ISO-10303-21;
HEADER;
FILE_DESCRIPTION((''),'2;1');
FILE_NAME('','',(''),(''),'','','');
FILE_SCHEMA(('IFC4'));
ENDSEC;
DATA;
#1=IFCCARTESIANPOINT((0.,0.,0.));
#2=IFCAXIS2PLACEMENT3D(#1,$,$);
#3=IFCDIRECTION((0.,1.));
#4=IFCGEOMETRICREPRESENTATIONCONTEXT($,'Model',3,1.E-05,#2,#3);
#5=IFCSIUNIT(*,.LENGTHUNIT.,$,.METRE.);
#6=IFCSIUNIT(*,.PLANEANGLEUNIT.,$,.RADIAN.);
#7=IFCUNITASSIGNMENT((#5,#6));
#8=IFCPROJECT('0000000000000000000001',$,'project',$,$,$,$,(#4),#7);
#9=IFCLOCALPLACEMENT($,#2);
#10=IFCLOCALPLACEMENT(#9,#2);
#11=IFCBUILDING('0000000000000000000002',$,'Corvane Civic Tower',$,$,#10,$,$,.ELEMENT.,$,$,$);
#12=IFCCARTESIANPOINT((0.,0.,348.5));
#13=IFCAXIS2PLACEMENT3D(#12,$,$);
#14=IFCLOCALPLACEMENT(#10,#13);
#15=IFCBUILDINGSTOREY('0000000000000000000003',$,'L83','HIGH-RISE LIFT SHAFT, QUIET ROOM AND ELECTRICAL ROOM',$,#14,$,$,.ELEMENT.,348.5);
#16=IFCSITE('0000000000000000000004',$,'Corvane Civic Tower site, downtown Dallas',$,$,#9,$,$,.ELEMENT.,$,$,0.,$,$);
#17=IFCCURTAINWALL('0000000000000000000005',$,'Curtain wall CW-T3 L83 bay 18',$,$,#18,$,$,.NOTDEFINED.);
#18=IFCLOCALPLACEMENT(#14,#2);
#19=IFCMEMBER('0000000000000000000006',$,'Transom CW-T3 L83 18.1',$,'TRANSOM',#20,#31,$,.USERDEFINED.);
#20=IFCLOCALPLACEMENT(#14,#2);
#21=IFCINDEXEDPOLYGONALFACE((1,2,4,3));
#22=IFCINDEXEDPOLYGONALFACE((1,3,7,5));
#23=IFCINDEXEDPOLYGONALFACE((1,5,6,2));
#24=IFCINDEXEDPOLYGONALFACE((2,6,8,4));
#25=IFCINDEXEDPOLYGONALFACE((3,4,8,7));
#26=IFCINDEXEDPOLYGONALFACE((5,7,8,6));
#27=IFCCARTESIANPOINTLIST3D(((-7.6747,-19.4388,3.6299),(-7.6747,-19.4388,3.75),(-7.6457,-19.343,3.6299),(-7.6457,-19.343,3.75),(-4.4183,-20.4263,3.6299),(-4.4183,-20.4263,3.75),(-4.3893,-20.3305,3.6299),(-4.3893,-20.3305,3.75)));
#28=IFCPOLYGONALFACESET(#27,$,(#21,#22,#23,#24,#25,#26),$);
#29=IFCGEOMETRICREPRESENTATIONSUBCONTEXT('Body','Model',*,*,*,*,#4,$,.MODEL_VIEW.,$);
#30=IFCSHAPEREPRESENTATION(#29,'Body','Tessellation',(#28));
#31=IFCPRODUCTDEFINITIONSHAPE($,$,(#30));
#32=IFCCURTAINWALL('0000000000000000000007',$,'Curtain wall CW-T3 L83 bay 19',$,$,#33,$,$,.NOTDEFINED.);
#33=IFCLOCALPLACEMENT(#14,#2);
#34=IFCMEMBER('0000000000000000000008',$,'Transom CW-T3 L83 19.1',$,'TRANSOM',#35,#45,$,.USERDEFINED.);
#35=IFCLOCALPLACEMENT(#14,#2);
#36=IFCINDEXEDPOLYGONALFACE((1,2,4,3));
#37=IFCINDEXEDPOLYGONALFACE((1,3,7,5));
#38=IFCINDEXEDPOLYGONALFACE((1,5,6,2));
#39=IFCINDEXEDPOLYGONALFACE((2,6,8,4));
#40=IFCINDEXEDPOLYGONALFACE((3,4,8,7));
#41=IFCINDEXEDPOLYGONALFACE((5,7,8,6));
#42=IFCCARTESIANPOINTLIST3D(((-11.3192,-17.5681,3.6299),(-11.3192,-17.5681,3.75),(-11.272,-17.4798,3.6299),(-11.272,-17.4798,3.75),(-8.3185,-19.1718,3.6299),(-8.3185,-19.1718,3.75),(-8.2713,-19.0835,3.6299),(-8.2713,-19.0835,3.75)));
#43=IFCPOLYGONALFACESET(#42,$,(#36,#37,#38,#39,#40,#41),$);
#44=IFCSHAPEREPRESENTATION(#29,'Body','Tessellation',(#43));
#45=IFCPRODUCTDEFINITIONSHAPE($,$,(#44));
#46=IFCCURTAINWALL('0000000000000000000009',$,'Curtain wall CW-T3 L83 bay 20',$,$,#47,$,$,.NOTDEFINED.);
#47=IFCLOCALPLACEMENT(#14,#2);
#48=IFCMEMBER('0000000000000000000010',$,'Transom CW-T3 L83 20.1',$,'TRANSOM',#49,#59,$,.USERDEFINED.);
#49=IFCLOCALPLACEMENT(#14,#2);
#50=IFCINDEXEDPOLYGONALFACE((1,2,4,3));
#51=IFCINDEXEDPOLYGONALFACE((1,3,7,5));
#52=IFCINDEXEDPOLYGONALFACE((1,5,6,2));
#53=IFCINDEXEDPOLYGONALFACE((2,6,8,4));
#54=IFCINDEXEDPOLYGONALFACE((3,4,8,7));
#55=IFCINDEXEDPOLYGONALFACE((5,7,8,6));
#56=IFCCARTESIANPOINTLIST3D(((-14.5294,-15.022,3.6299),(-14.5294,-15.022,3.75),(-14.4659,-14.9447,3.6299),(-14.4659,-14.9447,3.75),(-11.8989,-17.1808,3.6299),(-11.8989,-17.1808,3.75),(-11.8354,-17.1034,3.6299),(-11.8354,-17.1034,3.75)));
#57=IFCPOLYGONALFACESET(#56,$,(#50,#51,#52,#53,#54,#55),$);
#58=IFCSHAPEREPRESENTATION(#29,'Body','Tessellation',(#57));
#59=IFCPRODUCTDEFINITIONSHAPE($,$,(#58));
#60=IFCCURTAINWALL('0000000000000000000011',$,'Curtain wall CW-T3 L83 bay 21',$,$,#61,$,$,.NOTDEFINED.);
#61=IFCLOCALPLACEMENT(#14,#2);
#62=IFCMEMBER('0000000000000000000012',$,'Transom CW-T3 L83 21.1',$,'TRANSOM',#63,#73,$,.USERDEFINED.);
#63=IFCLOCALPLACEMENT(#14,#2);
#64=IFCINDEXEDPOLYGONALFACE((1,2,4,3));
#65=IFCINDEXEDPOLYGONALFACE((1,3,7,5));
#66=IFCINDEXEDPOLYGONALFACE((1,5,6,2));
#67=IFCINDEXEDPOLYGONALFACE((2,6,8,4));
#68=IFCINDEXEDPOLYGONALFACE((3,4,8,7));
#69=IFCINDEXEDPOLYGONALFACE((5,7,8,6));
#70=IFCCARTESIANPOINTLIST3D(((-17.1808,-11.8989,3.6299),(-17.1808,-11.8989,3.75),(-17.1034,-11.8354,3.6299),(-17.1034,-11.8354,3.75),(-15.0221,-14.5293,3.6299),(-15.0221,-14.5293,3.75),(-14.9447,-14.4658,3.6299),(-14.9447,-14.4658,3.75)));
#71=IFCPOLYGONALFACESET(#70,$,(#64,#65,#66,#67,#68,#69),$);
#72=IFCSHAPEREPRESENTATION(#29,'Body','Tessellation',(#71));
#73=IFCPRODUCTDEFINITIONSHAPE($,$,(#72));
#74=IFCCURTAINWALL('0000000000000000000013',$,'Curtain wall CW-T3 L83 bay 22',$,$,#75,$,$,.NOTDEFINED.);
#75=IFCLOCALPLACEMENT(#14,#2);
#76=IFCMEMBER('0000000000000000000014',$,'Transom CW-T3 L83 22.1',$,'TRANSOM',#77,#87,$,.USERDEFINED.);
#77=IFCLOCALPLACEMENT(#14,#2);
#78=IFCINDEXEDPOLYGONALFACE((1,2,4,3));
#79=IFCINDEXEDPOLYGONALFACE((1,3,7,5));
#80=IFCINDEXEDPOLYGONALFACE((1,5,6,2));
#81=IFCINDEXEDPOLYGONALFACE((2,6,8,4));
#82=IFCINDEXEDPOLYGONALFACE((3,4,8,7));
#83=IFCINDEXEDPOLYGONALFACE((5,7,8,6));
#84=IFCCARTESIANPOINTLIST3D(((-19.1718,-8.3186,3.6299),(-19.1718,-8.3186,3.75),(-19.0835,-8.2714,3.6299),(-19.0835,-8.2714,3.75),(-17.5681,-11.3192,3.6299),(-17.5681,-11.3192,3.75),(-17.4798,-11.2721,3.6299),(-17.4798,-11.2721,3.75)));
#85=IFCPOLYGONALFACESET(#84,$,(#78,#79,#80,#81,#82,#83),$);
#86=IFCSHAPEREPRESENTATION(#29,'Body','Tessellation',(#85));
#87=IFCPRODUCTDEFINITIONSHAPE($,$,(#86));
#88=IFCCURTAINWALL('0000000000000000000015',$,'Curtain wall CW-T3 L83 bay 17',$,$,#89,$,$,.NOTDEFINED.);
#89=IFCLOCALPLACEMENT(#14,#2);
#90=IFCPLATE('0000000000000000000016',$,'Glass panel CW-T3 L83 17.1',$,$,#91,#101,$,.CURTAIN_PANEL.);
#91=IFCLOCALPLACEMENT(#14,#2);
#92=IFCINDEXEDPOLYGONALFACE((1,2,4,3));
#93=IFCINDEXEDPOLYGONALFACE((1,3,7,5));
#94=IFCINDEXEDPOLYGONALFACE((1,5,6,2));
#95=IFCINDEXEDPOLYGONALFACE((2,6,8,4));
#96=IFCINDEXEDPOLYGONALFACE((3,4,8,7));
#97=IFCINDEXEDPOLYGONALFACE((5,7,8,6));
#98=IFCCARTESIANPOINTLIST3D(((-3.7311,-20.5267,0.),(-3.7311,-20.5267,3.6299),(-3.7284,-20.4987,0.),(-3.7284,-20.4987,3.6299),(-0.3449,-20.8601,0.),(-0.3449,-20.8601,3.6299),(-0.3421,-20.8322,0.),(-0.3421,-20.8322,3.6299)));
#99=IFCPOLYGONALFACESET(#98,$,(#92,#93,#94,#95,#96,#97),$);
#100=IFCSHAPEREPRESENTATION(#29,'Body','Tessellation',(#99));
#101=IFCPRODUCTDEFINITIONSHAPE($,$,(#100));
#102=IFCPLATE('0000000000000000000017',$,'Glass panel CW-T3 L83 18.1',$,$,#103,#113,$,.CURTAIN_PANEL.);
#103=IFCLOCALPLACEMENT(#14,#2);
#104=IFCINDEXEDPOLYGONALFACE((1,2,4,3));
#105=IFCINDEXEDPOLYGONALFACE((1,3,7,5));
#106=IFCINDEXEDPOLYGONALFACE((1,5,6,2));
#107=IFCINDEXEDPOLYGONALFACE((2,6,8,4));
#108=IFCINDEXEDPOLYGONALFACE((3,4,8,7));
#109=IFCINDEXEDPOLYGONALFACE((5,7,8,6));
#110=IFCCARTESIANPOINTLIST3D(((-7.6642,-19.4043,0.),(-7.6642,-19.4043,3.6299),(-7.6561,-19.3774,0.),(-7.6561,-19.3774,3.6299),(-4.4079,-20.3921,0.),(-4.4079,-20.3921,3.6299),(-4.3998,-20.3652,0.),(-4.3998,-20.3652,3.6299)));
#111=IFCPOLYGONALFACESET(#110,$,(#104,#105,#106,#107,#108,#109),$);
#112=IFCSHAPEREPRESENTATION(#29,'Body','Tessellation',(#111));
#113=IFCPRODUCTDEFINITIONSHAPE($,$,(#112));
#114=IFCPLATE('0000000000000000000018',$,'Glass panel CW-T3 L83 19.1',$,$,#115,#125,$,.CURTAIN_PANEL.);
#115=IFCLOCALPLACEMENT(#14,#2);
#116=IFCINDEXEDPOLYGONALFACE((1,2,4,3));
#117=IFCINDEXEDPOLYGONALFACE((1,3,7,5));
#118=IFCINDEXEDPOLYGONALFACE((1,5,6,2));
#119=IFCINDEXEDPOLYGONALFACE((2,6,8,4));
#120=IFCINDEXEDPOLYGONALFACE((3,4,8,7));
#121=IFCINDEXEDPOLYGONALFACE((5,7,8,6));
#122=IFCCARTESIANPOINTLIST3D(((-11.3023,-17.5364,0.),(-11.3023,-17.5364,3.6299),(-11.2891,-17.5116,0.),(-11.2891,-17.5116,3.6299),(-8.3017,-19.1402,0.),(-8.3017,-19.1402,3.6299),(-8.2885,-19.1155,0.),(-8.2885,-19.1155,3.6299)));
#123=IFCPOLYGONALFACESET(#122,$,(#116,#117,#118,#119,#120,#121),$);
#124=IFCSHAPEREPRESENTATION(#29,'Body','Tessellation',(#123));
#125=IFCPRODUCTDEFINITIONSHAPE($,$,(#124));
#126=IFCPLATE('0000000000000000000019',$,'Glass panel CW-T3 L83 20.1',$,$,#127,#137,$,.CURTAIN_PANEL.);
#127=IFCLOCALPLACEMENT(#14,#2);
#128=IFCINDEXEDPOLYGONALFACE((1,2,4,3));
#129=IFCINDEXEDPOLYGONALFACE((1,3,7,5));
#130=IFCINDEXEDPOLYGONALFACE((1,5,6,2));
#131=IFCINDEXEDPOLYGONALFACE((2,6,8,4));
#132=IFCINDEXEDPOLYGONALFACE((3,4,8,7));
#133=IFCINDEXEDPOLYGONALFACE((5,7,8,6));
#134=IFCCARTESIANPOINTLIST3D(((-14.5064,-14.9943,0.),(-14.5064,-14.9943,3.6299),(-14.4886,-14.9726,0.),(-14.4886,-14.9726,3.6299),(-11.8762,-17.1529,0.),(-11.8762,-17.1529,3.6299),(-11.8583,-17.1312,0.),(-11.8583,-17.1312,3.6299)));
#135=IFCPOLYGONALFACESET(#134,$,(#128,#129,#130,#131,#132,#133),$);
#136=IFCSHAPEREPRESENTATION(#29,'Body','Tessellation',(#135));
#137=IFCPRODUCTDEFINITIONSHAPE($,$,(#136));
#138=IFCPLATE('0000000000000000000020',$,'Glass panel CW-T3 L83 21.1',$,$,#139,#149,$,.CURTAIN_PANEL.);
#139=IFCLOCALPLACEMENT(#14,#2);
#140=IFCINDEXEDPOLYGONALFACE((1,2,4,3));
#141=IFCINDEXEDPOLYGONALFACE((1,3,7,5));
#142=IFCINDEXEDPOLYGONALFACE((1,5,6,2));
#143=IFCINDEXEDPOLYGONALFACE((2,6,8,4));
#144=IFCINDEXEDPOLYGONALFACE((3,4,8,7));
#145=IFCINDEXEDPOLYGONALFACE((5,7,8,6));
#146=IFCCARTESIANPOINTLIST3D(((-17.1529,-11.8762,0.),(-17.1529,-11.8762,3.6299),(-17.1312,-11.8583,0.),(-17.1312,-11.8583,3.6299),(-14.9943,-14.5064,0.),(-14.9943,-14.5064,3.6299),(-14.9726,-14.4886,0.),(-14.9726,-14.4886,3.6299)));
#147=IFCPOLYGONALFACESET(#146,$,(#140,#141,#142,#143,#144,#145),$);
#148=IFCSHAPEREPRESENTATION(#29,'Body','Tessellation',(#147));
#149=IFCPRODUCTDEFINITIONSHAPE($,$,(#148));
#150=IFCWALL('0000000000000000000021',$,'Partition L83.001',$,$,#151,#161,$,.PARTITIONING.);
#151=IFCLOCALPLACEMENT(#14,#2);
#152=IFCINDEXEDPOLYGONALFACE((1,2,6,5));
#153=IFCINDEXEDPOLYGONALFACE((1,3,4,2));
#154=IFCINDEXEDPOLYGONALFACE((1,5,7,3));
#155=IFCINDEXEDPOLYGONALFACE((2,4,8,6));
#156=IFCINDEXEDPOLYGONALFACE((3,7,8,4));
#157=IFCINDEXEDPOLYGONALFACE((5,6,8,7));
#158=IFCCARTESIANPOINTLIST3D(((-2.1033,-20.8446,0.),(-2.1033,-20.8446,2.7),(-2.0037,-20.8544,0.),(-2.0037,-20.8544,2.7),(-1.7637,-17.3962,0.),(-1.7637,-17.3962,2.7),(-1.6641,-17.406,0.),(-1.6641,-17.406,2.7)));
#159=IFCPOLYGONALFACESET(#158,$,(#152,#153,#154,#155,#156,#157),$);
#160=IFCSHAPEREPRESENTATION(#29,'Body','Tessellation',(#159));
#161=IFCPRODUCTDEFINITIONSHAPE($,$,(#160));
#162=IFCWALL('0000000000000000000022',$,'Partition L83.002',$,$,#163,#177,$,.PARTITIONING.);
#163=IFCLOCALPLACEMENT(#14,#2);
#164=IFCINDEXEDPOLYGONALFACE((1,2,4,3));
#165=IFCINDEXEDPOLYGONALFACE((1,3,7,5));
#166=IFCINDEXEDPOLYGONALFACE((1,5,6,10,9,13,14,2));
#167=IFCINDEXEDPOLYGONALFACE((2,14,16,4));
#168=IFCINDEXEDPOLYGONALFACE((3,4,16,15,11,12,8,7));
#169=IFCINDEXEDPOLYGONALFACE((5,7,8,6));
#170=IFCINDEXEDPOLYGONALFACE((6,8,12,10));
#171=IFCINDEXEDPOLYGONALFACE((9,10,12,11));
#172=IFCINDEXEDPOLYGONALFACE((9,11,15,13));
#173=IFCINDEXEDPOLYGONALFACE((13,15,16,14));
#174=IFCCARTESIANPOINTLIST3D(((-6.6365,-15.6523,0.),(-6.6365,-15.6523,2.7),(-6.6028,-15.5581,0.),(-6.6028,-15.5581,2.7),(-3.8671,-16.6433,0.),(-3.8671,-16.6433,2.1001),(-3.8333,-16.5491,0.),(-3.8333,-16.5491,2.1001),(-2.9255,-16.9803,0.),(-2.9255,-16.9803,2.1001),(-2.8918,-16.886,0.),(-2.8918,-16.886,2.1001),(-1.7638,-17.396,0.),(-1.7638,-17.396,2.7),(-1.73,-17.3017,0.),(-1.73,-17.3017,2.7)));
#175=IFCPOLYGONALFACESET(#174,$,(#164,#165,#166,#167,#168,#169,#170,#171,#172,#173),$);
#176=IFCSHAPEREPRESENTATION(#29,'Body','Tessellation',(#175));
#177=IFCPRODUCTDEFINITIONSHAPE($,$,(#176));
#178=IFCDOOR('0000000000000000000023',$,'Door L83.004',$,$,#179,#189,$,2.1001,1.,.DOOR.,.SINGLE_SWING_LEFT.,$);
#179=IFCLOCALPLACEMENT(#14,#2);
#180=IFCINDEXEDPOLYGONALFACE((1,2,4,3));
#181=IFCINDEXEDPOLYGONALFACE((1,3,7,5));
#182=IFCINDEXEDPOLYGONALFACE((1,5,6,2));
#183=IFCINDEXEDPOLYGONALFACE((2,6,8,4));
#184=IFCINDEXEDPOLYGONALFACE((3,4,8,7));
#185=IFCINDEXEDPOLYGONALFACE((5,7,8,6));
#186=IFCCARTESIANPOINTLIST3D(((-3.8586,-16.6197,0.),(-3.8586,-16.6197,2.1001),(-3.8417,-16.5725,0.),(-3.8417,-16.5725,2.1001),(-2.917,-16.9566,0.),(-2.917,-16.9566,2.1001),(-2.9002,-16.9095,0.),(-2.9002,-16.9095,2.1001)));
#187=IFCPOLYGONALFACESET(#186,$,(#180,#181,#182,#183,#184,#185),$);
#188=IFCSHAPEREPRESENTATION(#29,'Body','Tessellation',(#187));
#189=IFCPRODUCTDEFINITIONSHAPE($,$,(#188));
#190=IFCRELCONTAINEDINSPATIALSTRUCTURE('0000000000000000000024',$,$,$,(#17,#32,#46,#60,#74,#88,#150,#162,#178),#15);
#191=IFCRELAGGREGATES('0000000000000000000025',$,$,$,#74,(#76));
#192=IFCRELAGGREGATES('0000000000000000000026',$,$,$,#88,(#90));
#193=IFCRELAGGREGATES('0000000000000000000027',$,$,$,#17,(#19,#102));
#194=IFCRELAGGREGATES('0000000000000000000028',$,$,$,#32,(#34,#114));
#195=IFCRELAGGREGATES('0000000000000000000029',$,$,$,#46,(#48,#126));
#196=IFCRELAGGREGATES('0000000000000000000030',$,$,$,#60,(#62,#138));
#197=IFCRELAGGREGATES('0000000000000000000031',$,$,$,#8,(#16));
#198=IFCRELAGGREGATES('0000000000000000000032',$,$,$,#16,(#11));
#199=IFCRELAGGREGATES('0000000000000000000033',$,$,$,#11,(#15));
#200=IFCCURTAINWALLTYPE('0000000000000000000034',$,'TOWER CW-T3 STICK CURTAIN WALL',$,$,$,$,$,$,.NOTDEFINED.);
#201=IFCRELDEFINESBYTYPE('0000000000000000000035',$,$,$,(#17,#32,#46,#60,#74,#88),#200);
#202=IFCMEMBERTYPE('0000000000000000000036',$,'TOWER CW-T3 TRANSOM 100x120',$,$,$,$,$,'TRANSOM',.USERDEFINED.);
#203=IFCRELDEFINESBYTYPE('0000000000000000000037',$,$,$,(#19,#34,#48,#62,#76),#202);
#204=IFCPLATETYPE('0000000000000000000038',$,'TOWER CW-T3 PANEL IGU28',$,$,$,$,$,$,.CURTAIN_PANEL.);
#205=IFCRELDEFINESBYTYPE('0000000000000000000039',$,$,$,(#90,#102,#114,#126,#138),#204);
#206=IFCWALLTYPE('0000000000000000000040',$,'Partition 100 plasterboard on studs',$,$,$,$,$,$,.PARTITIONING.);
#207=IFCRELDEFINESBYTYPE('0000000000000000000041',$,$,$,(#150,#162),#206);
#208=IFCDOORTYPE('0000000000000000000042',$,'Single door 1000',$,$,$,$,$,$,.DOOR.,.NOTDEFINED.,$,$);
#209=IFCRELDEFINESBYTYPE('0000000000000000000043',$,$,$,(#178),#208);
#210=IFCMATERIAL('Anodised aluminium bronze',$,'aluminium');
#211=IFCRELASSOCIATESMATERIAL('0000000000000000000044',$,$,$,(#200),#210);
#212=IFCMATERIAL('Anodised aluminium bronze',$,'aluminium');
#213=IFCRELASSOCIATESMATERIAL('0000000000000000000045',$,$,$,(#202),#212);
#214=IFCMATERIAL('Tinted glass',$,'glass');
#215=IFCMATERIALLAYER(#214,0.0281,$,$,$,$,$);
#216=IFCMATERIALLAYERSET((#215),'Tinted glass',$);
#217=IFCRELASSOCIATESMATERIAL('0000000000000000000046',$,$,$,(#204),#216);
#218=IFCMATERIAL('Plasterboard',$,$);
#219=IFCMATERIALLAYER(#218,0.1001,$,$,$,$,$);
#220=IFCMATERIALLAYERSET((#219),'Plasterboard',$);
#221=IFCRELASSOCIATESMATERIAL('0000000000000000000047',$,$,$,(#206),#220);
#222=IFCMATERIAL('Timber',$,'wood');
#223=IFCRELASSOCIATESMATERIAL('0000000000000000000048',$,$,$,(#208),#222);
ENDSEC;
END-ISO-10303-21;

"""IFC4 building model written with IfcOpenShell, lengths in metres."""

from ifc_helpers import new_model, si_unit, direction, frame, frame_2d, origin, origin_2d, place, context, subcontext, project, spatial, rectangle, extrude, material, layer, layer_set, material_profile, profile_set, type_object, element, fill, aggregate, save


model = new_model("IFC4")

# Units and contexts
model_context = context("Model", 3, precision=1e-05, world=origin(), true_north=direction((0.0, 1.0)))
body_context = subcontext(model_context, "Body", "Model", "MODEL_VIEW")
ifc_project = project(units=[si_unit("LENGTHUNIT", "METRE"), si_unit("PLANEANGLEUNIT", "RADIAN")], contexts=[model_context])

# Site, building, storey
site_placement = place(None, origin())
site = spatial("IfcSite", under=ifc_project, at=site_placement, Name="Corvane Civic Tower site, downtown Dallas", CompositionType="ELEMENT", RefElevation=0.0)
building_placement = place(site_placement, origin())
building = spatial("IfcBuilding", under=site, at=building_placement, Name="Corvane Civic Tower", CompositionType="ELEMENT")
storey_placement = place(building_placement, frame((0.0, 0.0, 348.5)))
storey = spatial("IfcBuildingStorey", under=building, at=storey_placement, Name="L83", Description="HIGH-RISE LIFT SHAFT, QUIET ROOM AND ELECTRICAL ROOM", CompositionType="ELEMENT", Elevation=348.5)

# Curtain walls, members
ifc_material_1 = material(Name="Anodised aluminium bronze", Category="aluminium")
curtain_wall_type = type_object("IfcCurtainWallType", Name="TOWER CW-T3 STICK CURTAIN WALL", PredefinedType="NOTDEFINED", material=ifc_material_1)
curtain_wall_1_placement = place(storey_placement, origin())
curtain_wall_1 = element("IfcCurtainWall", 1, at=curtain_wall_1_placement, inside=storey, type_object=curtain_wall_type, Name="Curtain wall CW-T3 L83 bay 18", PredefinedType="NOTDEFINED")
ifc_material_2 = material(Name="Anodised aluminium bronze", Category="aluminium")
ifc_material_profile_1 = material_profile(ifc_material_2, rectangle(XDim=0.1001, YDim=0.1201, at=origin_2d()), Name="TOWER CW-T3 TRANSOM 100x120")
ifc_profile_set_1 = profile_set([ifc_material_profile_1], Name="Anodised aluminium bronze")
member_type = type_object("IfcMemberType", Name="TOWER CW-T3 TRANSOM 100x120", ElementType="TRANSOM", PredefinedType="USERDEFINED", material=ifc_profile_set_1)
member_1_placement = place(storey_placement, frame((-4.4038, -20.3784, 3.6899), z_axis=(-0.956961, 0.290216, 0.0), x_axis=(-0.290216, -0.956961, 0.0)))
member_1 = element("IfcMember", 2, at=member_1_placement, type_object=member_type, Name="Transom CW-T3 L83 18.1", ObjectType="TRANSOM", PredefinedType="USERDEFINED", context=body_context, shape_type="SweptSolid", body=[
    extrude(rectangle(XDim=0.1001, YDim=0.1201, at=origin_2d()), origin(), (0.0, 0.0, 1.0), 3.4028),
])
curtain_wall_2_placement = place(storey_placement, origin())
curtain_wall_2 = element("IfcCurtainWall", 3, at=curtain_wall_2_placement, inside=storey, type_object=curtain_wall_type, Name="Curtain wall CW-T3 L83 bay 19", PredefinedType="NOTDEFINED")
member_2_placement = place(storey_placement, frame((-8.2949, -19.1277, 3.6899), z_axis=(-0.881941, 0.471359, 0.0), x_axis=(-0.471359, -0.881941, 0.0)))
member_2 = element("IfcMember", 4, at=member_2_placement, type_object=member_type, Name="Transom CW-T3 L83 19.1", ObjectType="TRANSOM", PredefinedType="USERDEFINED", context=body_context, shape_type="SweptSolid", body=[
    extrude(rectangle(XDim=0.1001, YDim=0.1201, at=origin_2d()), origin(), (0.0, 0.0, 1.0), 3.4023),
])
curtain_wall_3_placement = place(storey_placement, origin())
curtain_wall_3 = element("IfcCurtainWall", 5, at=curtain_wall_3_placement, inside=storey, type_object=curtain_wall_type, Name="Curtain wall CW-T3 L83 bay 20", PredefinedType="NOTDEFINED")
member_3_placement = place(storey_placement, frame((-11.8672, -17.1421, 3.6899), z_axis=(-0.77301, 0.634394, 0.0), x_axis=(-0.634394, -0.77301, 0.0)))
member_3 = element("IfcMember", 6, at=member_3_placement, type_object=member_type, Name="Transom CW-T3 L83 20.1", ObjectType="TRANSOM", PredefinedType="USERDEFINED", context=body_context, shape_type="SweptSolid", body=[
    extrude(rectangle(XDim=0.1001, YDim=0.1201, at=origin_2d()), origin(), (0.0, 0.0, 1.0), 3.4028),
])
curtain_wall_4_placement = place(storey_placement, origin())
curtain_wall_4 = element("IfcCurtainWall", 7, at=curtain_wall_4_placement, inside=storey, type_object=curtain_wall_type, Name="Curtain wall CW-T3 L83 bay 21", PredefinedType="NOTDEFINED")
member_4_placement = place(storey_placement, frame((-14.9834, -14.4976, 3.6899), z_axis=(-0.634394, 0.77301, 0.0), x_axis=(-0.77301, -0.634394, 0.0)))
member_4 = element("IfcMember", 8, at=member_4_placement, type_object=member_type, Name="Transom CW-T3 L83 21.1", ObjectType="TRANSOM", PredefinedType="USERDEFINED", context=body_context, shape_type="SweptSolid", body=[
    extrude(rectangle(XDim=0.1001, YDim=0.1201, at=origin_2d()), origin(), (0.0, 0.0, 1.0), 3.4028),
])
curtain_wall_5_placement = place(storey_placement, origin())
curtain_wall_5 = element("IfcCurtainWall", 9, at=curtain_wall_5_placement, inside=storey, type_object=curtain_wall_type, Name="Curtain wall CW-T3 L83 bay 22", PredefinedType="NOTDEFINED")
member_5_placement = place(storey_placement, frame((-17.5239, -11.2957, 3.6899), z_axis=(-0.471359, 0.881941, 0.0), x_axis=(-0.881941, -0.471359, 0.0)))
member_5 = element("IfcMember", 10, at=member_5_placement, type_object=member_type, Name="Transom CW-T3 L83 22.1", ObjectType="TRANSOM", PredefinedType="USERDEFINED", context=body_context, shape_type="SweptSolid", body=[
    extrude(rectangle(XDim=0.1001, YDim=0.1201, at=origin_2d()), origin(), (0.0, 0.0, 1.0), 3.4023),
])
aggregate(curtain_wall_5, [member_5])

# Curtain wall, plate
curtain_wall_6_placement = place(storey_placement, origin())
curtain_wall_6 = element("IfcCurtainWall", 11, at=curtain_wall_6_placement, inside=storey, type_object=curtain_wall_type, Name="Curtain wall CW-T3 L83 bay 17", PredefinedType="NOTDEFINED")
ifc_material_3 = material(Name="Tinted glass", Category="glass")
ifc_layer_1 = layer(ifc_material_3, 0.0281)
ifc_layer_set_1 = layer_set([ifc_layer_1], Name="Tinted glass")
plate_type = type_object("IfcPlateType", Name="TOWER CW-T3 PANEL IGU28", PredefinedType="CURTAIN_PANEL", material=ifc_layer_set_1)
plate_1_placement = place(storey_placement, frame((-2.0366, -20.6794, 0.0), z_axis=(0.0, 0.0, 1.0), x_axis=(-0.995187, 0.097998, 0.0)))
plate_1 = element("IfcPlate", 12, at=plate_1_placement, type_object=plate_type, Name="Glass panel CW-T3 L83 17.1", PredefinedType="CURTAIN_PANEL", context=body_context, shape_type="SweptSolid", body=[
    extrude(rectangle(XDim=3.4026, YDim=0.0281, at=origin_2d()), origin(), (0.0, 0.0, 1.0), 3.6299),
])
aggregate(curtain_wall_6, [plate_1])

# Plates
plate_2_placement = place(storey_placement, frame((-6.032, -19.8848, 0.0), z_axis=(0.0, 0.0, 1.0), x_axis=(-0.956939, 0.29029, 0.0)))
plate_2 = element("IfcPlate", 13, at=plate_2_placement, type_object=plate_type, Name="Glass panel CW-T3 L83 18.1", PredefinedType="CURTAIN_PANEL", context=body_context, shape_type="SweptSolid", body=[
    extrude(rectangle(XDim=3.4028, YDim=0.0281, at=origin_2d()), origin(), (0.0, 0.0, 1.0), 3.6299),
])
aggregate(curtain_wall_1, [member_1, plate_2])
plate_3_placement = place(storey_placement, frame((-9.7954, -18.3259, 0.0), z_axis=(0.0, 0.0, 1.0), x_axis=(-0.881928, 0.471384, 0.0)))
plate_3 = element("IfcPlate", 14, at=plate_3_placement, type_object=plate_type, Name="Glass panel CW-T3 L83 19.1", PredefinedType="CURTAIN_PANEL", context=body_context, shape_type="SweptSolid", body=[
    extrude(rectangle(XDim=3.4023, YDim=0.0281, at=origin_2d()), origin(), (0.0, 0.0, 1.0), 3.6299),
])
aggregate(curtain_wall_2, [member_2, plate_3])
plate_4_placement = place(storey_placement, frame((-13.1824, -16.0627, 0.0), z_axis=(0.0, 0.0, 1.0), x_axis=(-0.77301, 0.634393, 0.0)))
plate_4 = element("IfcPlate", 15, at=plate_4_placement, type_object=plate_type, Name="Glass panel CW-T3 L83 20.1", PredefinedType="CURTAIN_PANEL", context=body_context, shape_type="SweptSolid", body=[
    extrude(rectangle(XDim=3.4026, YDim=0.0281, at=origin_2d()), origin(), (0.0, 0.0, 1.0), 3.6299),
])
aggregate(curtain_wall_3, [member_3, plate_4])
plate_5_placement = place(storey_placement, frame((-16.0627, -13.1824, 0.0), z_axis=(0.0, 0.0, 1.0), x_axis=(-0.634393, 0.77301, 0.0)))
plate_5 = element("IfcPlate", 16, at=plate_5_placement, type_object=plate_type, Name="Glass panel CW-T3 L83 21.1", PredefinedType="CURTAIN_PANEL", context=body_context, shape_type="SweptSolid", body=[
    extrude(rectangle(XDim=3.4026, YDim=0.0281, at=origin_2d()), origin(), (0.0, 0.0, 1.0), 3.6299),
])
aggregate(curtain_wall_4, [member_4, plate_5])

# Wall
ifc_material_4 = material(Name="Plasterboard")
ifc_layer_2 = layer(ifc_material_4, 0.1001)
ifc_layer_set_2 = layer_set([ifc_layer_2], Name="Plasterboard")
wall_type_1 = type_object("IfcWallType", Name="Partition 100 plasterboard on studs", PredefinedType="PARTITIONING", material=ifc_layer_set_2)
wall_1_placement = place(storey_placement, frame((-2.0535, -20.8494, 0.0), z_axis=(0.0, 0.0, 1.0), x_axis=(0.098004, 0.995186, 0.0)))
element("IfcWall", 17, at=wall_1_placement, inside=storey, type_object=wall_type_1, Name="Partition L83.001", PredefinedType="PARTITIONING", context=body_context, shape_type="SweptSolid", body=[
    extrude(rectangle(XDim=3.4651, YDim=0.1001, at=frame_2d((1.7324, 0.0))), origin(), (0.0, 0.0, 1.0), 2.7),
])

# Wall, opening, door
wall_2_placement = place(storey_placement, frame((-6.6196, -15.6052, 0.0), z_axis=(0.0, 0.0, 1.0), x_axis=(0.941536, -0.336913, 0.0)))
wall_2 = element("IfcWall", 18, at=wall_2_placement, inside=storey, type_object=wall_type_1, Name="Partition L83.002", PredefinedType="PARTITIONING", context=body_context, shape_type="SweptSolid", body=[
    extrude(rectangle(XDim=5.1753, YDim=0.1001, at=frame_2d((2.5876, 0.0))), origin(), (0.0, 0.0, 1.0), 2.7),
])
opening_1_placement = place(wall_2_placement, frame((2.9414, 0.0, 0.0)))
opening_1 = element("IfcOpeningElement", 19, at=opening_1_placement, cuts=wall_2, PredefinedType="OPENING", context=body_context, shape_type="SweptSolid", body=[
    extrude(rectangle(XDim=1.0, YDim=2.1001, at=frame_2d((0.5, 1.05))), frame((0.0, 0.0601, 0.0), z_axis=(0.0, -1.0, 0.0), x_axis=(1.0, 0.0, 0.0)), (0.0, 0.0, 1.0), 0.1201),
])
ifc_material_5 = material(Name="Timber", Category="wood")
door_type_1 = type_object("IfcDoorType", Name="Single door 1000", OperationType="NOTDEFINED", PredefinedType="DOOR", material=ifc_material_5)
door_1_placement = place(opening_1_placement, frame((1.0, 0.0, 0.0), z_axis=(0.0, 0.0, 1.0), x_axis=(-1.0, 0.0, 0.0)))
door_1 = element("IfcDoor", 20, at=door_1_placement, inside=storey, type_object=door_type_1, Name="Door L83.004", OperationType="SINGLE_SWING_LEFT", OverallHeight=2.1001, OverallWidth=1.0, PredefinedType="DOOR", context=body_context, shape_type="SweptSolid", body=[
    extrude(rectangle(XDim=1.0, YDim=2.1001, at=frame_2d((0.5, 1.05))), frame((0.0, 0.0249, 0.0), z_axis=(0.0, -1.0, 0.0), x_axis=(1.0, 0.0, 0.0)), (0.0, 0.0, 1.0), 0.05),
])
fill(opening_1, door_1)

save(model, "model.ifc")
